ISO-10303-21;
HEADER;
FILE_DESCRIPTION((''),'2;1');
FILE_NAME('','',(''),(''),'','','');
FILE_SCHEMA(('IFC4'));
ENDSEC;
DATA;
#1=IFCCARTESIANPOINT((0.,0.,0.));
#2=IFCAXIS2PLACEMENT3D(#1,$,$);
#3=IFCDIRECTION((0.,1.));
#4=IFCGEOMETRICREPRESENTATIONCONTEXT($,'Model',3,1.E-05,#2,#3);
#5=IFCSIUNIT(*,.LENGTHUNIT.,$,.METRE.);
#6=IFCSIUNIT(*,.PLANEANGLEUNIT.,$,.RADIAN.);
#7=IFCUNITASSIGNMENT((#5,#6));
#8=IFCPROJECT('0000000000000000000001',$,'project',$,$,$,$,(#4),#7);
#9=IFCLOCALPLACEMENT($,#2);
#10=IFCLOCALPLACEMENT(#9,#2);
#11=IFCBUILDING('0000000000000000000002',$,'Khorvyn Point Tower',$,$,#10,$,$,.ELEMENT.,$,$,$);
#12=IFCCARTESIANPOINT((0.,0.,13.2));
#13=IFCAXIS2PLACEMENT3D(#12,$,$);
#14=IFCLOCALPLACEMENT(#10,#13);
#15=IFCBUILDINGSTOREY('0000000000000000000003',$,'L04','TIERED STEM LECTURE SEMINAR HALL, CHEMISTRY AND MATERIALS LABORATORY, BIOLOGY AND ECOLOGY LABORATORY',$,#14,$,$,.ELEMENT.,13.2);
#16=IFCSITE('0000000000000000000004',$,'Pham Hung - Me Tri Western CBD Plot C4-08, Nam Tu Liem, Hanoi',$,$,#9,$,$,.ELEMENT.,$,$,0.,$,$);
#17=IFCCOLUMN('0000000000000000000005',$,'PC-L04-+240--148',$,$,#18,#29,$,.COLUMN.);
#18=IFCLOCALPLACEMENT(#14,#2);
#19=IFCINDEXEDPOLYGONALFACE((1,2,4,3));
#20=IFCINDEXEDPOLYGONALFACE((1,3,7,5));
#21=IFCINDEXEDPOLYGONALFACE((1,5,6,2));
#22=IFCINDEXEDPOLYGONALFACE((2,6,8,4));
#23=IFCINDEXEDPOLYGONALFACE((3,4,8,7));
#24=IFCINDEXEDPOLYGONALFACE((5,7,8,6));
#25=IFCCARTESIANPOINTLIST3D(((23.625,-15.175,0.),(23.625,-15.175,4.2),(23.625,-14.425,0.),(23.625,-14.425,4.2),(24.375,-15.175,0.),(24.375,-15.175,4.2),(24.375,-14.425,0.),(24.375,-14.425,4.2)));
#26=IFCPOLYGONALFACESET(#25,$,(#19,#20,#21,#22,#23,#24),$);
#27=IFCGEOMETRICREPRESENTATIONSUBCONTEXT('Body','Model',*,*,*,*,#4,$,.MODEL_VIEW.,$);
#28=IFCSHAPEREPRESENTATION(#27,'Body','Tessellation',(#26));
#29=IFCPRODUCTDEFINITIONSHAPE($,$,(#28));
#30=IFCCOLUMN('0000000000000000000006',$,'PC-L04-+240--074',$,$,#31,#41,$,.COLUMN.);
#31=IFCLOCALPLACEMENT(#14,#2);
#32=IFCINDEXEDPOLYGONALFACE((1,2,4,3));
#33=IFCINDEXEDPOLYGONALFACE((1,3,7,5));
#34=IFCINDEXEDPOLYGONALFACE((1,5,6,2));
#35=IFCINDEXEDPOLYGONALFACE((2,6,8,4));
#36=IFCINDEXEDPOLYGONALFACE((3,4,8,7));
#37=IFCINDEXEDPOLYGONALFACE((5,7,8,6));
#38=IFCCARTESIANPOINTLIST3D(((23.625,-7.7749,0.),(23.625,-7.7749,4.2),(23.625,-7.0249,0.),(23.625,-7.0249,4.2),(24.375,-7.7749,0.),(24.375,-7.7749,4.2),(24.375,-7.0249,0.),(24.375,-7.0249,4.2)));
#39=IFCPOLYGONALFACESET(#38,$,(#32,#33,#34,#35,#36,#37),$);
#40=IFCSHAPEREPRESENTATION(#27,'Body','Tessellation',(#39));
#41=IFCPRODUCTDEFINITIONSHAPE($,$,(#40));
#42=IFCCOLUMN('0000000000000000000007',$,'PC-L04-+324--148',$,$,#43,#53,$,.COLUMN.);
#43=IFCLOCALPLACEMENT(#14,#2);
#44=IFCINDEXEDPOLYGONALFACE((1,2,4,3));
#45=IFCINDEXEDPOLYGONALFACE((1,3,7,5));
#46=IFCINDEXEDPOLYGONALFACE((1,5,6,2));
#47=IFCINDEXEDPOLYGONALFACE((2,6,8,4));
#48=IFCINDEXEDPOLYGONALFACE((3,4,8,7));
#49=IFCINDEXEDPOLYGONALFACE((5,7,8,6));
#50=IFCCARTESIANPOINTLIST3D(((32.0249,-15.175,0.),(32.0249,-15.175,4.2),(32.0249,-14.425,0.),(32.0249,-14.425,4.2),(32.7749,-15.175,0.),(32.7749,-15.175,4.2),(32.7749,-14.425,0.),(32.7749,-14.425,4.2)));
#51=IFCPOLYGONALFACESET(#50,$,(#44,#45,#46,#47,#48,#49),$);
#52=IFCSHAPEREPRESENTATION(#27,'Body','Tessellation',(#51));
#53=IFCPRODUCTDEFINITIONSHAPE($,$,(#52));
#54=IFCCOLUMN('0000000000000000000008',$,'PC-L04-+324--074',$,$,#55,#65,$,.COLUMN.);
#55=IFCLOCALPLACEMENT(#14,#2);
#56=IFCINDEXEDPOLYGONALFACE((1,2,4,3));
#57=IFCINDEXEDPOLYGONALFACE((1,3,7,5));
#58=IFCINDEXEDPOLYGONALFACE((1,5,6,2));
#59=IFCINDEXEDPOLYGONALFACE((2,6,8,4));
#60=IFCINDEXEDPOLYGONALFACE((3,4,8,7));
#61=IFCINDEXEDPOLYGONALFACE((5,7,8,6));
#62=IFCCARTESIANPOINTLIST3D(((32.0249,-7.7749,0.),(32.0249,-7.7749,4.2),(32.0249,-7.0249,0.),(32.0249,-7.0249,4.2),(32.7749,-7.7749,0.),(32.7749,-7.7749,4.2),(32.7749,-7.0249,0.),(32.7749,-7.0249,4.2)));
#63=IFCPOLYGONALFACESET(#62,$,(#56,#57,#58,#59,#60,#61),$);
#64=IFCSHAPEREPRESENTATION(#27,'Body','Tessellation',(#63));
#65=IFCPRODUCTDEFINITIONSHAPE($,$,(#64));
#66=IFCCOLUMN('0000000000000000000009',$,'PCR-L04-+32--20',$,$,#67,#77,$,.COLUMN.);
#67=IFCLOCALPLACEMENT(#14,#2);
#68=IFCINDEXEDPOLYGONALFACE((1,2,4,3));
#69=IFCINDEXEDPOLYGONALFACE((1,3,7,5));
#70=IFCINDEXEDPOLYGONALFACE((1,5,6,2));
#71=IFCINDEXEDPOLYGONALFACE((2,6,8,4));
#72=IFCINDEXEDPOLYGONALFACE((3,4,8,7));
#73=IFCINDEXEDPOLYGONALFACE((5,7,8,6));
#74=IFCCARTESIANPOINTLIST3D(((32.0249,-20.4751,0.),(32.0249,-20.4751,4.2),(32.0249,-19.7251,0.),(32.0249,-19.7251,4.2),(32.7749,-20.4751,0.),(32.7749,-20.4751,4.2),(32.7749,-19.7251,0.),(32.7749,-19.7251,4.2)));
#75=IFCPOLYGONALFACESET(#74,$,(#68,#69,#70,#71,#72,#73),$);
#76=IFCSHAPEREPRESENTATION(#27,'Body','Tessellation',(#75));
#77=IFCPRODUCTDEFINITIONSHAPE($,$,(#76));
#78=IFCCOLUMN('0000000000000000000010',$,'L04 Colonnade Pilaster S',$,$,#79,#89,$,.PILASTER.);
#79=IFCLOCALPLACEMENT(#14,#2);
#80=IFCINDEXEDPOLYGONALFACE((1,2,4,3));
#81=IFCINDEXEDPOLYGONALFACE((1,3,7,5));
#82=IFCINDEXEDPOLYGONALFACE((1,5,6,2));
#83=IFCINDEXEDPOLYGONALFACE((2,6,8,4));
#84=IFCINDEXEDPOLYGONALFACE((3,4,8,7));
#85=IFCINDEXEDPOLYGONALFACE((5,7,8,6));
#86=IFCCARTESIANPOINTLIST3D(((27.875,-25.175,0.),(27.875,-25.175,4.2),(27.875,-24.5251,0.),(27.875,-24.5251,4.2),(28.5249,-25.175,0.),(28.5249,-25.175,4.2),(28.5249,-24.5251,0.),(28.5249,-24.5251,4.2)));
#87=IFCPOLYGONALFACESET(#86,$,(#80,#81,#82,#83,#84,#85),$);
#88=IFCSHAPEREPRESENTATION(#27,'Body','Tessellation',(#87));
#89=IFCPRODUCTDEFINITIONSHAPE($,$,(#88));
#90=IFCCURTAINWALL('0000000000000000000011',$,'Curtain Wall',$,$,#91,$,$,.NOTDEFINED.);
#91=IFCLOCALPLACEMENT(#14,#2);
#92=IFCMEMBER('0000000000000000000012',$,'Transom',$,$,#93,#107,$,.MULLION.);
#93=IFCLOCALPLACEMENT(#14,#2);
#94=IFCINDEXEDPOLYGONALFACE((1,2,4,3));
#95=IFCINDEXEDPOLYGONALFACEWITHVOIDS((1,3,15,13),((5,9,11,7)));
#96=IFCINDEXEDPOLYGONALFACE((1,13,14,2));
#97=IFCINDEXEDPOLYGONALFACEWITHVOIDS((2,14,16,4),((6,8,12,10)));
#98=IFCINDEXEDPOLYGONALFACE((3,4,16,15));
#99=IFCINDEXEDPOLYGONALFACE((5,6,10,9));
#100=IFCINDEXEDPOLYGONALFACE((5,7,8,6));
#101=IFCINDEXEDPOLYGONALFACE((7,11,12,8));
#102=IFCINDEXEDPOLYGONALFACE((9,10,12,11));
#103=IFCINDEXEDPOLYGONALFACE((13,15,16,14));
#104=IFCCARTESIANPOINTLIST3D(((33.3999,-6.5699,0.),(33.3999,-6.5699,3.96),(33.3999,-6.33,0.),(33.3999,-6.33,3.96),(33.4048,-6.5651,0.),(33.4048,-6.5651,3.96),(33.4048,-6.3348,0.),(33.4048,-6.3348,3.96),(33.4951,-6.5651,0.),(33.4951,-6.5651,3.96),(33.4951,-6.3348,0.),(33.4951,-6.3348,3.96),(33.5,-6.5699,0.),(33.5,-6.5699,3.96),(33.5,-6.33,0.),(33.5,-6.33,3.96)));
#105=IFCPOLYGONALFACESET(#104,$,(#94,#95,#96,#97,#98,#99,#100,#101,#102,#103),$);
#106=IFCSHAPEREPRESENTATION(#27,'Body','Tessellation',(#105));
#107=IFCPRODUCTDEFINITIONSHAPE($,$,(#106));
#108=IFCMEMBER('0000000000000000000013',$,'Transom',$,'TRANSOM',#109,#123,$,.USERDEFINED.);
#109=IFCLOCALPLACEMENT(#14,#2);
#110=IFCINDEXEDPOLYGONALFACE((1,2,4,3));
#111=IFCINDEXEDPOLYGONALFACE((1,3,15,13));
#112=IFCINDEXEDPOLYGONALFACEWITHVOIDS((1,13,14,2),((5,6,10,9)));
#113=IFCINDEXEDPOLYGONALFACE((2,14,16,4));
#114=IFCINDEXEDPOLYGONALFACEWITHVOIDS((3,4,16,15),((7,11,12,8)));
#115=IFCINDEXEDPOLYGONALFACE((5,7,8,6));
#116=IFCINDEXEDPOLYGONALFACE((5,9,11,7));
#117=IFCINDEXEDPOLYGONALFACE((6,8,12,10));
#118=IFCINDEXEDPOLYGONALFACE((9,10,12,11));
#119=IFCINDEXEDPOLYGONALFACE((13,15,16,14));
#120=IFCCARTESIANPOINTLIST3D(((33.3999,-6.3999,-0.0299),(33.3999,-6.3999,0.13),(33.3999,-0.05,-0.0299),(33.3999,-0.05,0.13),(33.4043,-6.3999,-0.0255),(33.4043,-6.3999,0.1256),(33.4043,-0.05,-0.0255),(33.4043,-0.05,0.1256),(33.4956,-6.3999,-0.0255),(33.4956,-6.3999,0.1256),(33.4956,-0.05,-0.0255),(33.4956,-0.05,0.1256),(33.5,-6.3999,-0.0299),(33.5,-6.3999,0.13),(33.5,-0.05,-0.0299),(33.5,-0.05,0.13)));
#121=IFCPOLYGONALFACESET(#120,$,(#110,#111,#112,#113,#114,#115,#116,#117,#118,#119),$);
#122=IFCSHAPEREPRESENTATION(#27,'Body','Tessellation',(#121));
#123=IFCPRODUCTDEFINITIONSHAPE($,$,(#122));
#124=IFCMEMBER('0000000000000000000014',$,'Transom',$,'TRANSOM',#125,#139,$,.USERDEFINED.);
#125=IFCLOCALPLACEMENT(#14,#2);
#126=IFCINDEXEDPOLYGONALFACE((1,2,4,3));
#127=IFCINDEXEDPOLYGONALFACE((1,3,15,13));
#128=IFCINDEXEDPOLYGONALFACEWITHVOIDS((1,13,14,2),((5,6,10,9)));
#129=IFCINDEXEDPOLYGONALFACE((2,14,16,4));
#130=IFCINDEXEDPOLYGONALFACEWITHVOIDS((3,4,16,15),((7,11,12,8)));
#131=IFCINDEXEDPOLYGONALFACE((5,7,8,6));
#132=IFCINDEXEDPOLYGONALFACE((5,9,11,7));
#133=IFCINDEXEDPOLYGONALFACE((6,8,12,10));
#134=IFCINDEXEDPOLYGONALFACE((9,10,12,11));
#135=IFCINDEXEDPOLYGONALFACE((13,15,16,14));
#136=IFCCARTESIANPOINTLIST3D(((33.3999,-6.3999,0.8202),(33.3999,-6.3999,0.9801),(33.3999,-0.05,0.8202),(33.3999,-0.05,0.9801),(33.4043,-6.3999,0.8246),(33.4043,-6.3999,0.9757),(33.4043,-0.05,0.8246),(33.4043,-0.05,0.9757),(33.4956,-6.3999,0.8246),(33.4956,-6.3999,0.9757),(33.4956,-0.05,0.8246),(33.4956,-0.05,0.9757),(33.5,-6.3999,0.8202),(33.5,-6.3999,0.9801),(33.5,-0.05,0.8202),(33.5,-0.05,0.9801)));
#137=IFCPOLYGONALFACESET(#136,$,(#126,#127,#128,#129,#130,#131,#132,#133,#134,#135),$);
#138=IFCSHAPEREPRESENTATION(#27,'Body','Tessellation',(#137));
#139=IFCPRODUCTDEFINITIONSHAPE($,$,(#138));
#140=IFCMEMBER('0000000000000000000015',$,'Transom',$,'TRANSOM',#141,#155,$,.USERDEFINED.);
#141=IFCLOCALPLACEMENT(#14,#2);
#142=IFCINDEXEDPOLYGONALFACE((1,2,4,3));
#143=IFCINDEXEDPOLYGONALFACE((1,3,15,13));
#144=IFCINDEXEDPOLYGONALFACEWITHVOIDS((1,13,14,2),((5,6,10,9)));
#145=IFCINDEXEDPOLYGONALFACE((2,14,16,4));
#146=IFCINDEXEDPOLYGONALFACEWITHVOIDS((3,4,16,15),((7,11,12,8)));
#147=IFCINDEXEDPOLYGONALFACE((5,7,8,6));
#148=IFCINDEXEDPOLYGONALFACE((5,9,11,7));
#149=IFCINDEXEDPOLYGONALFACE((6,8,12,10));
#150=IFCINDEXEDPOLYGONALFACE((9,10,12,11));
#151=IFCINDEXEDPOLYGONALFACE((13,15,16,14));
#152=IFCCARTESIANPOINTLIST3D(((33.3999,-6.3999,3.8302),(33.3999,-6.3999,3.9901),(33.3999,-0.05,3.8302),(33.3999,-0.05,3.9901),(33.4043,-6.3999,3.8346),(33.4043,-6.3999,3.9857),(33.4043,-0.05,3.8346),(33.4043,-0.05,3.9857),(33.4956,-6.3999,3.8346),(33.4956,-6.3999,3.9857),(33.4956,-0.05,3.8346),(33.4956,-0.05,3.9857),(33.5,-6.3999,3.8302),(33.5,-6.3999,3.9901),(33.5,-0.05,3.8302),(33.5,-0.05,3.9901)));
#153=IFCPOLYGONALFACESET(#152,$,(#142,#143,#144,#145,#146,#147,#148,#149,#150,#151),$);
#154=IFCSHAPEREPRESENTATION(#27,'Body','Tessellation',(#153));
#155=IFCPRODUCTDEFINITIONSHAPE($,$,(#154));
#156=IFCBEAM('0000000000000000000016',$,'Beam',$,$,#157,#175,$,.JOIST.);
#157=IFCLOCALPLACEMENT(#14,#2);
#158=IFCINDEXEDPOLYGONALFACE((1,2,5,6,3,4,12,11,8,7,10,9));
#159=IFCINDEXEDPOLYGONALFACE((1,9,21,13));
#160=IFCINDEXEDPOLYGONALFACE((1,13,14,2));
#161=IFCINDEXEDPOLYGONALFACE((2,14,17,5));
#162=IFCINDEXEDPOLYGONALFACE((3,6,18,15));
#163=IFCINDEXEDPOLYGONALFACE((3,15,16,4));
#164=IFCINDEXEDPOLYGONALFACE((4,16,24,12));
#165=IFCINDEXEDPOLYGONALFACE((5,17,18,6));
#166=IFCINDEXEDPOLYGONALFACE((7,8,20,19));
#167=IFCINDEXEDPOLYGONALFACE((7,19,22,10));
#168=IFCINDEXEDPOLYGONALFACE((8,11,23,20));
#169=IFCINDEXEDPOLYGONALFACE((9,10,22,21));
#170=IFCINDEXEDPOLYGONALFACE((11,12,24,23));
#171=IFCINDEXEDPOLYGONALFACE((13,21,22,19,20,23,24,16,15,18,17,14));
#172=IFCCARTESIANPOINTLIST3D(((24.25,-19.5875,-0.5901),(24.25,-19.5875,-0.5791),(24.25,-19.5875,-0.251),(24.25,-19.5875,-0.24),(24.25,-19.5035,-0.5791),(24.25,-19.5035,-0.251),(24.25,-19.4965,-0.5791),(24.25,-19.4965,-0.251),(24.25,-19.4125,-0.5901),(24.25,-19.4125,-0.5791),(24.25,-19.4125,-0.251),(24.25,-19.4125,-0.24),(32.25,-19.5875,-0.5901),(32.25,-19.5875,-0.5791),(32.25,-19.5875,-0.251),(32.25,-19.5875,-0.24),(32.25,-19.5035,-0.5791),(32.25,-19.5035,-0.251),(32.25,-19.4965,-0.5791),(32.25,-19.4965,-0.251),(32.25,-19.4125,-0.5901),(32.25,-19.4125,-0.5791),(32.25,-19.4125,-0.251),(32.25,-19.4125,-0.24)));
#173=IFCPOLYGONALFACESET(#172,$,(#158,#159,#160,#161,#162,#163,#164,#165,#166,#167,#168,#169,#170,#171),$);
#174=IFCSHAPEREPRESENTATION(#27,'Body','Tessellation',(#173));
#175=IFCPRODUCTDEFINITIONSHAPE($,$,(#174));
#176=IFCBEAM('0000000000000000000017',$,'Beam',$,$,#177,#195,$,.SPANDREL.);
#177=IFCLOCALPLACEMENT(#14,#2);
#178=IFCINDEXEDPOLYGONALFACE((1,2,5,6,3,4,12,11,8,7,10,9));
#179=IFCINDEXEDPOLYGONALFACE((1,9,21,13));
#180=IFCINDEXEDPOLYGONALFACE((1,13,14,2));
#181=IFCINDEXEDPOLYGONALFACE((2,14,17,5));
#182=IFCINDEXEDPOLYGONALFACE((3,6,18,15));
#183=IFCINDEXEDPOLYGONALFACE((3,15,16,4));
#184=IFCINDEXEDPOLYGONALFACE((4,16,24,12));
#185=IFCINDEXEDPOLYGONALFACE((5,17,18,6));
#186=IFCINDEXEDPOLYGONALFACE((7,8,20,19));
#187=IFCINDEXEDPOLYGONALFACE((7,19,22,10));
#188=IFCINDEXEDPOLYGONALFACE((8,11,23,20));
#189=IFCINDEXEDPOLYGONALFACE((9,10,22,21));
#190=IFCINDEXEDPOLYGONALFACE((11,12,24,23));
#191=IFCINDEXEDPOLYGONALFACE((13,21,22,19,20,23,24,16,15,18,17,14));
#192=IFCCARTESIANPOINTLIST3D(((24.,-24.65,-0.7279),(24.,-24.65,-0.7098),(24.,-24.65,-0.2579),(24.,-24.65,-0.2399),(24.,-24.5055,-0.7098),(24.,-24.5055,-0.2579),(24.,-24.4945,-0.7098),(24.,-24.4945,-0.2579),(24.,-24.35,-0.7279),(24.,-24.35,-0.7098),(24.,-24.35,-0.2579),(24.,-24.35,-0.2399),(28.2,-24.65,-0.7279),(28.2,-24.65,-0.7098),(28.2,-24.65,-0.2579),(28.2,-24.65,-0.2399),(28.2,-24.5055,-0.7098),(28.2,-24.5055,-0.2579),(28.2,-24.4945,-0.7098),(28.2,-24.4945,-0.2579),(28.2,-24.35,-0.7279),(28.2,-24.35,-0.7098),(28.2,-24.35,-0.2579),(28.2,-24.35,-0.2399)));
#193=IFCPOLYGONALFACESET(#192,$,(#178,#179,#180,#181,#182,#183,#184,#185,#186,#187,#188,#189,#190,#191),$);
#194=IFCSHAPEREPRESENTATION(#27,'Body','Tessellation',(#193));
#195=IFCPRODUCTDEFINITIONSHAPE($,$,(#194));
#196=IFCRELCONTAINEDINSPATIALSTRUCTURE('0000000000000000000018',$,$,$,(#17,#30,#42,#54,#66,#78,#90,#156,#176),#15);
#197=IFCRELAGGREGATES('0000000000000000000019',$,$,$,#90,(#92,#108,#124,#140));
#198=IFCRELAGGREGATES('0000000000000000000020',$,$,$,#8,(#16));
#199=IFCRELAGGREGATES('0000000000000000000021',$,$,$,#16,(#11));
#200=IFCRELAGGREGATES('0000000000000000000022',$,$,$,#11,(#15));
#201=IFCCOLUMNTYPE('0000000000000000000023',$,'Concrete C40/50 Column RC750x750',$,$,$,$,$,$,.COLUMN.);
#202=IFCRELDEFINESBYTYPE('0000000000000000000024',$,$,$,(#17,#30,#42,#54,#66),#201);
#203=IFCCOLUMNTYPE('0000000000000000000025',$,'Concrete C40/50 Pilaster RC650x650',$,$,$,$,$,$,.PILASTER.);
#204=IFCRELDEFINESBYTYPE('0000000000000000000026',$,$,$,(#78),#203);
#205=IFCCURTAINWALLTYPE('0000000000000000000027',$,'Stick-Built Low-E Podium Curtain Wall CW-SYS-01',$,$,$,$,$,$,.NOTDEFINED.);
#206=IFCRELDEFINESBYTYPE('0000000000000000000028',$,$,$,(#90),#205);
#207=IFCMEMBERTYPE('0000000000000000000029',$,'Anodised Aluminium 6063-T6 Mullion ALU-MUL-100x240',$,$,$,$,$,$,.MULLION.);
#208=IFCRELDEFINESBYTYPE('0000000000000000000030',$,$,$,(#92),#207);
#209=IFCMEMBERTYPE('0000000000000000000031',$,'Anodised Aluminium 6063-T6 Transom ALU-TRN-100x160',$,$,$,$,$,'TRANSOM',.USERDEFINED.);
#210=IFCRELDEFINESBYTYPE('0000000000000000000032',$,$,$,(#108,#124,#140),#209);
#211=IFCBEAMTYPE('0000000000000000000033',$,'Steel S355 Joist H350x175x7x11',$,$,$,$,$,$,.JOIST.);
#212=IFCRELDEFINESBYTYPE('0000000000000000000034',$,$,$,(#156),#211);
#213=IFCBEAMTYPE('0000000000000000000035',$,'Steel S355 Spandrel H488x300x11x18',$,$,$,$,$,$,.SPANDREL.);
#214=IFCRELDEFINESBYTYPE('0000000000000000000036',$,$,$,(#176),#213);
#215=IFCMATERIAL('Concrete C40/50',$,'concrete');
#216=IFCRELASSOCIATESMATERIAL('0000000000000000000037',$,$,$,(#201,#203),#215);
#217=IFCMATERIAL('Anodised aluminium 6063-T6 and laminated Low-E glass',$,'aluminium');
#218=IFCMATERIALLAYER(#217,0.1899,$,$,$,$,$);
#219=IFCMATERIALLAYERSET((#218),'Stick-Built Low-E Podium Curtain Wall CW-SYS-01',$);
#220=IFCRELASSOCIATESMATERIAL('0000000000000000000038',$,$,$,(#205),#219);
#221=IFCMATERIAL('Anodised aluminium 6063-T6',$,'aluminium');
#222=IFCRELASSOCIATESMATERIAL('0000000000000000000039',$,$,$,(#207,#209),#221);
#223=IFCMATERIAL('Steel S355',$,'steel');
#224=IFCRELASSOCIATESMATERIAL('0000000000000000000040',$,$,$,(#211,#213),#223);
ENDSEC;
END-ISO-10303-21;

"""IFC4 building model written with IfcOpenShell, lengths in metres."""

from ifc_helpers import new_model, si_unit, direction, frame, origin, origin_2d, place, context, subcontext, project, spatial, rectangle, hollow_rectangle, i_section, extrude, material, layer, layer_set, material_profile, profile_set, type_object, element, aggregate, save


model = new_model("IFC4")

# Units and contexts
model_context = context("Model", 3, precision=1e-05, world=origin(), true_north=direction((0.0, 1.0)))
body_context = subcontext(model_context, "Body", "Model", "MODEL_VIEW")
ifc_project = project(units=[si_unit("LENGTHUNIT", "METRE"), si_unit("PLANEANGLEUNIT", "RADIAN")], contexts=[model_context])

# Site, building, storey
site_placement = place(None, origin())
site = spatial("IfcSite", under=ifc_project, at=site_placement, Name="Pham Hung - Me Tri Western CBD Plot C4-08, Nam Tu Liem, Hanoi", CompositionType="ELEMENT", RefElevation=0.0)
building_placement = place(site_placement, origin())
building = spatial("IfcBuilding", under=site, at=building_placement, Name="Khorvyn Point Tower", CompositionType="ELEMENT")
storey_placement = place(building_placement, frame((0.0, 0.0, 13.2)))
storey = spatial("IfcBuildingStorey", under=building, at=storey_placement, Name="L04", Description="TIERED STEM LECTURE SEMINAR HALL, CHEMISTRY AND MATERIALS LABORATORY, BIOLOGY AND ECOLOGY LABORATORY", CompositionType="ELEMENT", Elevation=13.2)

# Columns
ifc_material_1 = material(Name="Concrete C40/50", Category="concrete")
ifc_material_profile_1 = material_profile(ifc_material_1, rectangle(XDim=0.75, YDim=0.75, at=origin_2d()))
ifc_profile_set_1 = profile_set([ifc_material_profile_1], Name="Concrete C40/50 RC750x750")
column_type_1 = type_object("IfcColumnType", Name="Concrete C40/50 Column RC750x750", PredefinedType="COLUMN", material=ifc_profile_set_1)
for number, where, z_axis, x_axis, name in (
    (1, (24.0, -14.8, 0.0), (0.0, 0.0, 1.0), (1.0, 0.0, 0.0), "PC-L04-+240--148"),
    (2, (24.0, -7.3999, 0.0), (0.0, 0.0, 1.0), (1.0, 0.0, 0.0), "PC-L04-+240--074"),
    (3, (32.3999, -14.8, 0.0), (0.0, 0.0, 1.0), (1.0, 0.0, 0.0), "PC-L04-+324--148"),
    (4, (32.3999, -7.3999, 0.0), (0.0, 0.0, 1.0), (1.0, 0.0, 0.0), "PC-L04-+324--074"),
    (5, (32.3999, -20.1001, 0.0), (0.0, 0.0, 1.0), (1.0, 0.0, 0.0), "PCR-L04-+32--20"),
):
    element("IfcColumn", number, at=place(storey_placement, frame(where, z_axis=z_axis, x_axis=x_axis)), inside=storey, type_object=column_type_1, Name=name, PredefinedType="COLUMN", context=body_context, shape_type="SweptSolid", body=[
        extrude(rectangle(XDim=0.75, YDim=0.75, at=origin_2d()), origin(), (0.0, 0.0, 1.0), 4.2),
    ])
ifc_material_profile_2 = material_profile(ifc_material_1, rectangle(XDim=0.6499, YDim=0.6499, at=origin_2d()))
ifc_profile_set_2 = profile_set([ifc_material_profile_2], Name="Concrete C40/50 RC650x650")
column_type_2 = type_object("IfcColumnType", Name="Concrete C40/50 Pilaster RC650x650", PredefinedType="PILASTER", material=ifc_profile_set_2)
column_placement = place(storey_placement, frame((28.2, -24.8501, 0.0), z_axis=(0.0, 0.0, 1.0), x_axis=(1.0, 0.0, 0.0)))
element("IfcColumn", 6, at=column_placement, inside=storey, type_object=column_type_2, Name="L04 Colonnade Pilaster S", PredefinedType="PILASTER", context=body_context, shape_type="SweptSolid", body=[
    extrude(rectangle(XDim=0.6499, YDim=0.6499, at=origin_2d()), origin(), (0.0, 0.0, 1.0), 4.2),
])

# Curtain wall, members
ifc_material_2 = material(Name="Anodised aluminium 6063-T6 and laminated Low-E glass", Category="aluminium")
ifc_layer_1 = layer(ifc_material_2, 0.1899)
ifc_layer_set_1 = layer_set([ifc_layer_1], Name="Stick-Built Low-E Podium Curtain Wall CW-SYS-01")
curtain_wall_type = type_object("IfcCurtainWallType", Name="Stick-Built Low-E Podium Curtain Wall CW-SYS-01", PredefinedType="NOTDEFINED", material=ifc_layer_set_1)
curtain_wall_placement = place(storey_placement, origin())
curtain_wall = element("IfcCurtainWall", 7, at=curtain_wall_placement, inside=storey, type_object=curtain_wall_type, Name="Curtain Wall", PredefinedType="NOTDEFINED")
ifc_material_3 = material(Name="Anodised aluminium 6063-T6", Category="aluminium")
ifc_material_profile_3 = material_profile(ifc_material_3, hollow_rectangle(XDim=0.1001, YDim=0.24, WallThickness=0.0049, at=origin_2d()))
ifc_profile_set_3 = profile_set([ifc_material_profile_3], Name="Anodised aluminium 6063-T6 ALU-MUL-100x240")
member_type_1 = type_object("IfcMemberType", Name="Anodised Aluminium 6063-T6 Mullion ALU-MUL-100x240", PredefinedType="MULLION", material=ifc_profile_set_3)
member_1_placement = place(storey_placement, frame((33.45, -6.45, 0.0), z_axis=(0.0, 0.0, 1.0), x_axis=(-1.0, 0.0, 0.0)))
member_1 = element("IfcMember", 8, at=member_1_placement, type_object=member_type_1, Name="Transom", PredefinedType="MULLION", context=body_context, shape_type="SweptSolid", body=[
    extrude(hollow_rectangle(XDim=0.1001, YDim=0.24, WallThickness=0.0049, at=origin_2d()), origin(), (0.0, 0.0, 1.0), 3.96),
])
ifc_material_profile_4 = material_profile(ifc_material_3, hollow_rectangle(XDim=0.1001, YDim=0.1599, WallThickness=0.0044, at=origin_2d()))
ifc_profile_set_4 = profile_set([ifc_material_profile_4], Name="Anodised aluminium 6063-T6 ALU-TRN-100x160")
member_type_2 = type_object("IfcMemberType", Name="Anodised Aluminium 6063-T6 Transom ALU-TRN-100x160", ElementType="TRANSOM", PredefinedType="USERDEFINED", material=ifc_profile_set_4)
member_2_placement = place(storey_placement, frame((33.45, -6.3999, 0.05), z_axis=(0.0, 1.0, 0.0), x_axis=(-1.0, 0.0, 0.0)))
member_2 = element("IfcMember", 9, at=member_2_placement, type_object=member_type_2, Name="Transom", ObjectType="TRANSOM", PredefinedType="USERDEFINED", context=body_context, shape_type="SweptSolid", body=[
    extrude(hollow_rectangle(XDim=0.1001, YDim=0.1599, WallThickness=0.0044, at=origin_2d()), origin(), (0.0, 0.0, 1.0), 6.3499),
])
member_3_placement = place(storey_placement, frame((33.45, -6.3999, 0.9001), z_axis=(0.0, 1.0, 0.0), x_axis=(-1.0, 0.0, 0.0)))
member_3 = element("IfcMember", 10, at=member_3_placement, type_object=member_type_2, Name="Transom", ObjectType="TRANSOM", PredefinedType="USERDEFINED", context=body_context, shape_type="SweptSolid", body=[
    extrude(hollow_rectangle(XDim=0.1001, YDim=0.1599, WallThickness=0.0044, at=origin_2d()), origin(), (0.0, 0.0, 1.0), 6.3499),
])
member_4_placement = place(storey_placement, frame((33.45, -6.3999, 3.9102), z_axis=(0.0, 1.0, 0.0), x_axis=(-1.0, 0.0, 0.0)))
member_4 = element("IfcMember", 11, at=member_4_placement, type_object=member_type_2, Name="Transom", ObjectType="TRANSOM", PredefinedType="USERDEFINED", context=body_context, shape_type="SweptSolid", body=[
    extrude(hollow_rectangle(XDim=0.1001, YDim=0.1599, WallThickness=0.0044, at=origin_2d()), origin(), (0.0, 0.0, 1.0), 6.3499),
])

# Beams
ifc_material_4 = material(Name="Steel S355", Category="steel")
ifc_material_profile_5 = material_profile(ifc_material_4, i_section(OverallWidth=0.175, OverallDepth=0.3501, WebThickness=0.0071, FlangeThickness=0.011, at=origin_2d()))
ifc_profile_set_5 = profile_set([ifc_material_profile_5], Name="Steel S355 H350x175x7x11")
beam_type_1 = type_object("IfcBeamType", Name="Steel S355 Joist H350x175x7x11", PredefinedType="JOIST", material=ifc_profile_set_5)
beam_1_placement = place(storey_placement, frame((24.25, -19.5, -0.415), z_axis=(1.0, 0.0, 0.0), x_axis=(0.0, 1.0, 0.0)))
element("IfcBeam", 12, at=beam_1_placement, inside=storey, type_object=beam_type_1, Name="Beam", PredefinedType="JOIST", context=body_context, shape_type="SweptSolid", body=[
    extrude(i_section(OverallWidth=0.175, OverallDepth=0.3501, WebThickness=0.0071, FlangeThickness=0.011, at=origin_2d()), origin(), (0.0, 0.0, 1.0), 8.0),
])
ifc_material_profile_6 = material_profile(ifc_material_4, i_section(OverallWidth=0.3, OverallDepth=0.488, WebThickness=0.011, FlangeThickness=0.0181, at=origin_2d()))
ifc_profile_set_6 = profile_set([ifc_material_profile_6], Name="Steel S355 H488x300x11x18")
beam_type_2 = type_object("IfcBeamType", Name="Steel S355 Spandrel H488x300x11x18", PredefinedType="SPANDREL", material=ifc_profile_set_6)
beam_2_placement = place(storey_placement, frame((24.0, -24.5, -0.4839), z_axis=(1.0, 0.0, 0.0), x_axis=(0.0, 1.0, 0.0)))
element("IfcBeam", 13, at=beam_2_placement, inside=storey, type_object=beam_type_2, Name="Beam", PredefinedType="SPANDREL", context=body_context, shape_type="SweptSolid", body=[
    extrude(i_section(OverallWidth=0.3, OverallDepth=0.488, WebThickness=0.011, FlangeThickness=0.0181, at=origin_2d()), origin(), (0.0, 0.0, 1.0), 4.2),
])

aggregate(curtain_wall, [member_1, member_2, member_3, member_4])

save(model, "model.ifc")
